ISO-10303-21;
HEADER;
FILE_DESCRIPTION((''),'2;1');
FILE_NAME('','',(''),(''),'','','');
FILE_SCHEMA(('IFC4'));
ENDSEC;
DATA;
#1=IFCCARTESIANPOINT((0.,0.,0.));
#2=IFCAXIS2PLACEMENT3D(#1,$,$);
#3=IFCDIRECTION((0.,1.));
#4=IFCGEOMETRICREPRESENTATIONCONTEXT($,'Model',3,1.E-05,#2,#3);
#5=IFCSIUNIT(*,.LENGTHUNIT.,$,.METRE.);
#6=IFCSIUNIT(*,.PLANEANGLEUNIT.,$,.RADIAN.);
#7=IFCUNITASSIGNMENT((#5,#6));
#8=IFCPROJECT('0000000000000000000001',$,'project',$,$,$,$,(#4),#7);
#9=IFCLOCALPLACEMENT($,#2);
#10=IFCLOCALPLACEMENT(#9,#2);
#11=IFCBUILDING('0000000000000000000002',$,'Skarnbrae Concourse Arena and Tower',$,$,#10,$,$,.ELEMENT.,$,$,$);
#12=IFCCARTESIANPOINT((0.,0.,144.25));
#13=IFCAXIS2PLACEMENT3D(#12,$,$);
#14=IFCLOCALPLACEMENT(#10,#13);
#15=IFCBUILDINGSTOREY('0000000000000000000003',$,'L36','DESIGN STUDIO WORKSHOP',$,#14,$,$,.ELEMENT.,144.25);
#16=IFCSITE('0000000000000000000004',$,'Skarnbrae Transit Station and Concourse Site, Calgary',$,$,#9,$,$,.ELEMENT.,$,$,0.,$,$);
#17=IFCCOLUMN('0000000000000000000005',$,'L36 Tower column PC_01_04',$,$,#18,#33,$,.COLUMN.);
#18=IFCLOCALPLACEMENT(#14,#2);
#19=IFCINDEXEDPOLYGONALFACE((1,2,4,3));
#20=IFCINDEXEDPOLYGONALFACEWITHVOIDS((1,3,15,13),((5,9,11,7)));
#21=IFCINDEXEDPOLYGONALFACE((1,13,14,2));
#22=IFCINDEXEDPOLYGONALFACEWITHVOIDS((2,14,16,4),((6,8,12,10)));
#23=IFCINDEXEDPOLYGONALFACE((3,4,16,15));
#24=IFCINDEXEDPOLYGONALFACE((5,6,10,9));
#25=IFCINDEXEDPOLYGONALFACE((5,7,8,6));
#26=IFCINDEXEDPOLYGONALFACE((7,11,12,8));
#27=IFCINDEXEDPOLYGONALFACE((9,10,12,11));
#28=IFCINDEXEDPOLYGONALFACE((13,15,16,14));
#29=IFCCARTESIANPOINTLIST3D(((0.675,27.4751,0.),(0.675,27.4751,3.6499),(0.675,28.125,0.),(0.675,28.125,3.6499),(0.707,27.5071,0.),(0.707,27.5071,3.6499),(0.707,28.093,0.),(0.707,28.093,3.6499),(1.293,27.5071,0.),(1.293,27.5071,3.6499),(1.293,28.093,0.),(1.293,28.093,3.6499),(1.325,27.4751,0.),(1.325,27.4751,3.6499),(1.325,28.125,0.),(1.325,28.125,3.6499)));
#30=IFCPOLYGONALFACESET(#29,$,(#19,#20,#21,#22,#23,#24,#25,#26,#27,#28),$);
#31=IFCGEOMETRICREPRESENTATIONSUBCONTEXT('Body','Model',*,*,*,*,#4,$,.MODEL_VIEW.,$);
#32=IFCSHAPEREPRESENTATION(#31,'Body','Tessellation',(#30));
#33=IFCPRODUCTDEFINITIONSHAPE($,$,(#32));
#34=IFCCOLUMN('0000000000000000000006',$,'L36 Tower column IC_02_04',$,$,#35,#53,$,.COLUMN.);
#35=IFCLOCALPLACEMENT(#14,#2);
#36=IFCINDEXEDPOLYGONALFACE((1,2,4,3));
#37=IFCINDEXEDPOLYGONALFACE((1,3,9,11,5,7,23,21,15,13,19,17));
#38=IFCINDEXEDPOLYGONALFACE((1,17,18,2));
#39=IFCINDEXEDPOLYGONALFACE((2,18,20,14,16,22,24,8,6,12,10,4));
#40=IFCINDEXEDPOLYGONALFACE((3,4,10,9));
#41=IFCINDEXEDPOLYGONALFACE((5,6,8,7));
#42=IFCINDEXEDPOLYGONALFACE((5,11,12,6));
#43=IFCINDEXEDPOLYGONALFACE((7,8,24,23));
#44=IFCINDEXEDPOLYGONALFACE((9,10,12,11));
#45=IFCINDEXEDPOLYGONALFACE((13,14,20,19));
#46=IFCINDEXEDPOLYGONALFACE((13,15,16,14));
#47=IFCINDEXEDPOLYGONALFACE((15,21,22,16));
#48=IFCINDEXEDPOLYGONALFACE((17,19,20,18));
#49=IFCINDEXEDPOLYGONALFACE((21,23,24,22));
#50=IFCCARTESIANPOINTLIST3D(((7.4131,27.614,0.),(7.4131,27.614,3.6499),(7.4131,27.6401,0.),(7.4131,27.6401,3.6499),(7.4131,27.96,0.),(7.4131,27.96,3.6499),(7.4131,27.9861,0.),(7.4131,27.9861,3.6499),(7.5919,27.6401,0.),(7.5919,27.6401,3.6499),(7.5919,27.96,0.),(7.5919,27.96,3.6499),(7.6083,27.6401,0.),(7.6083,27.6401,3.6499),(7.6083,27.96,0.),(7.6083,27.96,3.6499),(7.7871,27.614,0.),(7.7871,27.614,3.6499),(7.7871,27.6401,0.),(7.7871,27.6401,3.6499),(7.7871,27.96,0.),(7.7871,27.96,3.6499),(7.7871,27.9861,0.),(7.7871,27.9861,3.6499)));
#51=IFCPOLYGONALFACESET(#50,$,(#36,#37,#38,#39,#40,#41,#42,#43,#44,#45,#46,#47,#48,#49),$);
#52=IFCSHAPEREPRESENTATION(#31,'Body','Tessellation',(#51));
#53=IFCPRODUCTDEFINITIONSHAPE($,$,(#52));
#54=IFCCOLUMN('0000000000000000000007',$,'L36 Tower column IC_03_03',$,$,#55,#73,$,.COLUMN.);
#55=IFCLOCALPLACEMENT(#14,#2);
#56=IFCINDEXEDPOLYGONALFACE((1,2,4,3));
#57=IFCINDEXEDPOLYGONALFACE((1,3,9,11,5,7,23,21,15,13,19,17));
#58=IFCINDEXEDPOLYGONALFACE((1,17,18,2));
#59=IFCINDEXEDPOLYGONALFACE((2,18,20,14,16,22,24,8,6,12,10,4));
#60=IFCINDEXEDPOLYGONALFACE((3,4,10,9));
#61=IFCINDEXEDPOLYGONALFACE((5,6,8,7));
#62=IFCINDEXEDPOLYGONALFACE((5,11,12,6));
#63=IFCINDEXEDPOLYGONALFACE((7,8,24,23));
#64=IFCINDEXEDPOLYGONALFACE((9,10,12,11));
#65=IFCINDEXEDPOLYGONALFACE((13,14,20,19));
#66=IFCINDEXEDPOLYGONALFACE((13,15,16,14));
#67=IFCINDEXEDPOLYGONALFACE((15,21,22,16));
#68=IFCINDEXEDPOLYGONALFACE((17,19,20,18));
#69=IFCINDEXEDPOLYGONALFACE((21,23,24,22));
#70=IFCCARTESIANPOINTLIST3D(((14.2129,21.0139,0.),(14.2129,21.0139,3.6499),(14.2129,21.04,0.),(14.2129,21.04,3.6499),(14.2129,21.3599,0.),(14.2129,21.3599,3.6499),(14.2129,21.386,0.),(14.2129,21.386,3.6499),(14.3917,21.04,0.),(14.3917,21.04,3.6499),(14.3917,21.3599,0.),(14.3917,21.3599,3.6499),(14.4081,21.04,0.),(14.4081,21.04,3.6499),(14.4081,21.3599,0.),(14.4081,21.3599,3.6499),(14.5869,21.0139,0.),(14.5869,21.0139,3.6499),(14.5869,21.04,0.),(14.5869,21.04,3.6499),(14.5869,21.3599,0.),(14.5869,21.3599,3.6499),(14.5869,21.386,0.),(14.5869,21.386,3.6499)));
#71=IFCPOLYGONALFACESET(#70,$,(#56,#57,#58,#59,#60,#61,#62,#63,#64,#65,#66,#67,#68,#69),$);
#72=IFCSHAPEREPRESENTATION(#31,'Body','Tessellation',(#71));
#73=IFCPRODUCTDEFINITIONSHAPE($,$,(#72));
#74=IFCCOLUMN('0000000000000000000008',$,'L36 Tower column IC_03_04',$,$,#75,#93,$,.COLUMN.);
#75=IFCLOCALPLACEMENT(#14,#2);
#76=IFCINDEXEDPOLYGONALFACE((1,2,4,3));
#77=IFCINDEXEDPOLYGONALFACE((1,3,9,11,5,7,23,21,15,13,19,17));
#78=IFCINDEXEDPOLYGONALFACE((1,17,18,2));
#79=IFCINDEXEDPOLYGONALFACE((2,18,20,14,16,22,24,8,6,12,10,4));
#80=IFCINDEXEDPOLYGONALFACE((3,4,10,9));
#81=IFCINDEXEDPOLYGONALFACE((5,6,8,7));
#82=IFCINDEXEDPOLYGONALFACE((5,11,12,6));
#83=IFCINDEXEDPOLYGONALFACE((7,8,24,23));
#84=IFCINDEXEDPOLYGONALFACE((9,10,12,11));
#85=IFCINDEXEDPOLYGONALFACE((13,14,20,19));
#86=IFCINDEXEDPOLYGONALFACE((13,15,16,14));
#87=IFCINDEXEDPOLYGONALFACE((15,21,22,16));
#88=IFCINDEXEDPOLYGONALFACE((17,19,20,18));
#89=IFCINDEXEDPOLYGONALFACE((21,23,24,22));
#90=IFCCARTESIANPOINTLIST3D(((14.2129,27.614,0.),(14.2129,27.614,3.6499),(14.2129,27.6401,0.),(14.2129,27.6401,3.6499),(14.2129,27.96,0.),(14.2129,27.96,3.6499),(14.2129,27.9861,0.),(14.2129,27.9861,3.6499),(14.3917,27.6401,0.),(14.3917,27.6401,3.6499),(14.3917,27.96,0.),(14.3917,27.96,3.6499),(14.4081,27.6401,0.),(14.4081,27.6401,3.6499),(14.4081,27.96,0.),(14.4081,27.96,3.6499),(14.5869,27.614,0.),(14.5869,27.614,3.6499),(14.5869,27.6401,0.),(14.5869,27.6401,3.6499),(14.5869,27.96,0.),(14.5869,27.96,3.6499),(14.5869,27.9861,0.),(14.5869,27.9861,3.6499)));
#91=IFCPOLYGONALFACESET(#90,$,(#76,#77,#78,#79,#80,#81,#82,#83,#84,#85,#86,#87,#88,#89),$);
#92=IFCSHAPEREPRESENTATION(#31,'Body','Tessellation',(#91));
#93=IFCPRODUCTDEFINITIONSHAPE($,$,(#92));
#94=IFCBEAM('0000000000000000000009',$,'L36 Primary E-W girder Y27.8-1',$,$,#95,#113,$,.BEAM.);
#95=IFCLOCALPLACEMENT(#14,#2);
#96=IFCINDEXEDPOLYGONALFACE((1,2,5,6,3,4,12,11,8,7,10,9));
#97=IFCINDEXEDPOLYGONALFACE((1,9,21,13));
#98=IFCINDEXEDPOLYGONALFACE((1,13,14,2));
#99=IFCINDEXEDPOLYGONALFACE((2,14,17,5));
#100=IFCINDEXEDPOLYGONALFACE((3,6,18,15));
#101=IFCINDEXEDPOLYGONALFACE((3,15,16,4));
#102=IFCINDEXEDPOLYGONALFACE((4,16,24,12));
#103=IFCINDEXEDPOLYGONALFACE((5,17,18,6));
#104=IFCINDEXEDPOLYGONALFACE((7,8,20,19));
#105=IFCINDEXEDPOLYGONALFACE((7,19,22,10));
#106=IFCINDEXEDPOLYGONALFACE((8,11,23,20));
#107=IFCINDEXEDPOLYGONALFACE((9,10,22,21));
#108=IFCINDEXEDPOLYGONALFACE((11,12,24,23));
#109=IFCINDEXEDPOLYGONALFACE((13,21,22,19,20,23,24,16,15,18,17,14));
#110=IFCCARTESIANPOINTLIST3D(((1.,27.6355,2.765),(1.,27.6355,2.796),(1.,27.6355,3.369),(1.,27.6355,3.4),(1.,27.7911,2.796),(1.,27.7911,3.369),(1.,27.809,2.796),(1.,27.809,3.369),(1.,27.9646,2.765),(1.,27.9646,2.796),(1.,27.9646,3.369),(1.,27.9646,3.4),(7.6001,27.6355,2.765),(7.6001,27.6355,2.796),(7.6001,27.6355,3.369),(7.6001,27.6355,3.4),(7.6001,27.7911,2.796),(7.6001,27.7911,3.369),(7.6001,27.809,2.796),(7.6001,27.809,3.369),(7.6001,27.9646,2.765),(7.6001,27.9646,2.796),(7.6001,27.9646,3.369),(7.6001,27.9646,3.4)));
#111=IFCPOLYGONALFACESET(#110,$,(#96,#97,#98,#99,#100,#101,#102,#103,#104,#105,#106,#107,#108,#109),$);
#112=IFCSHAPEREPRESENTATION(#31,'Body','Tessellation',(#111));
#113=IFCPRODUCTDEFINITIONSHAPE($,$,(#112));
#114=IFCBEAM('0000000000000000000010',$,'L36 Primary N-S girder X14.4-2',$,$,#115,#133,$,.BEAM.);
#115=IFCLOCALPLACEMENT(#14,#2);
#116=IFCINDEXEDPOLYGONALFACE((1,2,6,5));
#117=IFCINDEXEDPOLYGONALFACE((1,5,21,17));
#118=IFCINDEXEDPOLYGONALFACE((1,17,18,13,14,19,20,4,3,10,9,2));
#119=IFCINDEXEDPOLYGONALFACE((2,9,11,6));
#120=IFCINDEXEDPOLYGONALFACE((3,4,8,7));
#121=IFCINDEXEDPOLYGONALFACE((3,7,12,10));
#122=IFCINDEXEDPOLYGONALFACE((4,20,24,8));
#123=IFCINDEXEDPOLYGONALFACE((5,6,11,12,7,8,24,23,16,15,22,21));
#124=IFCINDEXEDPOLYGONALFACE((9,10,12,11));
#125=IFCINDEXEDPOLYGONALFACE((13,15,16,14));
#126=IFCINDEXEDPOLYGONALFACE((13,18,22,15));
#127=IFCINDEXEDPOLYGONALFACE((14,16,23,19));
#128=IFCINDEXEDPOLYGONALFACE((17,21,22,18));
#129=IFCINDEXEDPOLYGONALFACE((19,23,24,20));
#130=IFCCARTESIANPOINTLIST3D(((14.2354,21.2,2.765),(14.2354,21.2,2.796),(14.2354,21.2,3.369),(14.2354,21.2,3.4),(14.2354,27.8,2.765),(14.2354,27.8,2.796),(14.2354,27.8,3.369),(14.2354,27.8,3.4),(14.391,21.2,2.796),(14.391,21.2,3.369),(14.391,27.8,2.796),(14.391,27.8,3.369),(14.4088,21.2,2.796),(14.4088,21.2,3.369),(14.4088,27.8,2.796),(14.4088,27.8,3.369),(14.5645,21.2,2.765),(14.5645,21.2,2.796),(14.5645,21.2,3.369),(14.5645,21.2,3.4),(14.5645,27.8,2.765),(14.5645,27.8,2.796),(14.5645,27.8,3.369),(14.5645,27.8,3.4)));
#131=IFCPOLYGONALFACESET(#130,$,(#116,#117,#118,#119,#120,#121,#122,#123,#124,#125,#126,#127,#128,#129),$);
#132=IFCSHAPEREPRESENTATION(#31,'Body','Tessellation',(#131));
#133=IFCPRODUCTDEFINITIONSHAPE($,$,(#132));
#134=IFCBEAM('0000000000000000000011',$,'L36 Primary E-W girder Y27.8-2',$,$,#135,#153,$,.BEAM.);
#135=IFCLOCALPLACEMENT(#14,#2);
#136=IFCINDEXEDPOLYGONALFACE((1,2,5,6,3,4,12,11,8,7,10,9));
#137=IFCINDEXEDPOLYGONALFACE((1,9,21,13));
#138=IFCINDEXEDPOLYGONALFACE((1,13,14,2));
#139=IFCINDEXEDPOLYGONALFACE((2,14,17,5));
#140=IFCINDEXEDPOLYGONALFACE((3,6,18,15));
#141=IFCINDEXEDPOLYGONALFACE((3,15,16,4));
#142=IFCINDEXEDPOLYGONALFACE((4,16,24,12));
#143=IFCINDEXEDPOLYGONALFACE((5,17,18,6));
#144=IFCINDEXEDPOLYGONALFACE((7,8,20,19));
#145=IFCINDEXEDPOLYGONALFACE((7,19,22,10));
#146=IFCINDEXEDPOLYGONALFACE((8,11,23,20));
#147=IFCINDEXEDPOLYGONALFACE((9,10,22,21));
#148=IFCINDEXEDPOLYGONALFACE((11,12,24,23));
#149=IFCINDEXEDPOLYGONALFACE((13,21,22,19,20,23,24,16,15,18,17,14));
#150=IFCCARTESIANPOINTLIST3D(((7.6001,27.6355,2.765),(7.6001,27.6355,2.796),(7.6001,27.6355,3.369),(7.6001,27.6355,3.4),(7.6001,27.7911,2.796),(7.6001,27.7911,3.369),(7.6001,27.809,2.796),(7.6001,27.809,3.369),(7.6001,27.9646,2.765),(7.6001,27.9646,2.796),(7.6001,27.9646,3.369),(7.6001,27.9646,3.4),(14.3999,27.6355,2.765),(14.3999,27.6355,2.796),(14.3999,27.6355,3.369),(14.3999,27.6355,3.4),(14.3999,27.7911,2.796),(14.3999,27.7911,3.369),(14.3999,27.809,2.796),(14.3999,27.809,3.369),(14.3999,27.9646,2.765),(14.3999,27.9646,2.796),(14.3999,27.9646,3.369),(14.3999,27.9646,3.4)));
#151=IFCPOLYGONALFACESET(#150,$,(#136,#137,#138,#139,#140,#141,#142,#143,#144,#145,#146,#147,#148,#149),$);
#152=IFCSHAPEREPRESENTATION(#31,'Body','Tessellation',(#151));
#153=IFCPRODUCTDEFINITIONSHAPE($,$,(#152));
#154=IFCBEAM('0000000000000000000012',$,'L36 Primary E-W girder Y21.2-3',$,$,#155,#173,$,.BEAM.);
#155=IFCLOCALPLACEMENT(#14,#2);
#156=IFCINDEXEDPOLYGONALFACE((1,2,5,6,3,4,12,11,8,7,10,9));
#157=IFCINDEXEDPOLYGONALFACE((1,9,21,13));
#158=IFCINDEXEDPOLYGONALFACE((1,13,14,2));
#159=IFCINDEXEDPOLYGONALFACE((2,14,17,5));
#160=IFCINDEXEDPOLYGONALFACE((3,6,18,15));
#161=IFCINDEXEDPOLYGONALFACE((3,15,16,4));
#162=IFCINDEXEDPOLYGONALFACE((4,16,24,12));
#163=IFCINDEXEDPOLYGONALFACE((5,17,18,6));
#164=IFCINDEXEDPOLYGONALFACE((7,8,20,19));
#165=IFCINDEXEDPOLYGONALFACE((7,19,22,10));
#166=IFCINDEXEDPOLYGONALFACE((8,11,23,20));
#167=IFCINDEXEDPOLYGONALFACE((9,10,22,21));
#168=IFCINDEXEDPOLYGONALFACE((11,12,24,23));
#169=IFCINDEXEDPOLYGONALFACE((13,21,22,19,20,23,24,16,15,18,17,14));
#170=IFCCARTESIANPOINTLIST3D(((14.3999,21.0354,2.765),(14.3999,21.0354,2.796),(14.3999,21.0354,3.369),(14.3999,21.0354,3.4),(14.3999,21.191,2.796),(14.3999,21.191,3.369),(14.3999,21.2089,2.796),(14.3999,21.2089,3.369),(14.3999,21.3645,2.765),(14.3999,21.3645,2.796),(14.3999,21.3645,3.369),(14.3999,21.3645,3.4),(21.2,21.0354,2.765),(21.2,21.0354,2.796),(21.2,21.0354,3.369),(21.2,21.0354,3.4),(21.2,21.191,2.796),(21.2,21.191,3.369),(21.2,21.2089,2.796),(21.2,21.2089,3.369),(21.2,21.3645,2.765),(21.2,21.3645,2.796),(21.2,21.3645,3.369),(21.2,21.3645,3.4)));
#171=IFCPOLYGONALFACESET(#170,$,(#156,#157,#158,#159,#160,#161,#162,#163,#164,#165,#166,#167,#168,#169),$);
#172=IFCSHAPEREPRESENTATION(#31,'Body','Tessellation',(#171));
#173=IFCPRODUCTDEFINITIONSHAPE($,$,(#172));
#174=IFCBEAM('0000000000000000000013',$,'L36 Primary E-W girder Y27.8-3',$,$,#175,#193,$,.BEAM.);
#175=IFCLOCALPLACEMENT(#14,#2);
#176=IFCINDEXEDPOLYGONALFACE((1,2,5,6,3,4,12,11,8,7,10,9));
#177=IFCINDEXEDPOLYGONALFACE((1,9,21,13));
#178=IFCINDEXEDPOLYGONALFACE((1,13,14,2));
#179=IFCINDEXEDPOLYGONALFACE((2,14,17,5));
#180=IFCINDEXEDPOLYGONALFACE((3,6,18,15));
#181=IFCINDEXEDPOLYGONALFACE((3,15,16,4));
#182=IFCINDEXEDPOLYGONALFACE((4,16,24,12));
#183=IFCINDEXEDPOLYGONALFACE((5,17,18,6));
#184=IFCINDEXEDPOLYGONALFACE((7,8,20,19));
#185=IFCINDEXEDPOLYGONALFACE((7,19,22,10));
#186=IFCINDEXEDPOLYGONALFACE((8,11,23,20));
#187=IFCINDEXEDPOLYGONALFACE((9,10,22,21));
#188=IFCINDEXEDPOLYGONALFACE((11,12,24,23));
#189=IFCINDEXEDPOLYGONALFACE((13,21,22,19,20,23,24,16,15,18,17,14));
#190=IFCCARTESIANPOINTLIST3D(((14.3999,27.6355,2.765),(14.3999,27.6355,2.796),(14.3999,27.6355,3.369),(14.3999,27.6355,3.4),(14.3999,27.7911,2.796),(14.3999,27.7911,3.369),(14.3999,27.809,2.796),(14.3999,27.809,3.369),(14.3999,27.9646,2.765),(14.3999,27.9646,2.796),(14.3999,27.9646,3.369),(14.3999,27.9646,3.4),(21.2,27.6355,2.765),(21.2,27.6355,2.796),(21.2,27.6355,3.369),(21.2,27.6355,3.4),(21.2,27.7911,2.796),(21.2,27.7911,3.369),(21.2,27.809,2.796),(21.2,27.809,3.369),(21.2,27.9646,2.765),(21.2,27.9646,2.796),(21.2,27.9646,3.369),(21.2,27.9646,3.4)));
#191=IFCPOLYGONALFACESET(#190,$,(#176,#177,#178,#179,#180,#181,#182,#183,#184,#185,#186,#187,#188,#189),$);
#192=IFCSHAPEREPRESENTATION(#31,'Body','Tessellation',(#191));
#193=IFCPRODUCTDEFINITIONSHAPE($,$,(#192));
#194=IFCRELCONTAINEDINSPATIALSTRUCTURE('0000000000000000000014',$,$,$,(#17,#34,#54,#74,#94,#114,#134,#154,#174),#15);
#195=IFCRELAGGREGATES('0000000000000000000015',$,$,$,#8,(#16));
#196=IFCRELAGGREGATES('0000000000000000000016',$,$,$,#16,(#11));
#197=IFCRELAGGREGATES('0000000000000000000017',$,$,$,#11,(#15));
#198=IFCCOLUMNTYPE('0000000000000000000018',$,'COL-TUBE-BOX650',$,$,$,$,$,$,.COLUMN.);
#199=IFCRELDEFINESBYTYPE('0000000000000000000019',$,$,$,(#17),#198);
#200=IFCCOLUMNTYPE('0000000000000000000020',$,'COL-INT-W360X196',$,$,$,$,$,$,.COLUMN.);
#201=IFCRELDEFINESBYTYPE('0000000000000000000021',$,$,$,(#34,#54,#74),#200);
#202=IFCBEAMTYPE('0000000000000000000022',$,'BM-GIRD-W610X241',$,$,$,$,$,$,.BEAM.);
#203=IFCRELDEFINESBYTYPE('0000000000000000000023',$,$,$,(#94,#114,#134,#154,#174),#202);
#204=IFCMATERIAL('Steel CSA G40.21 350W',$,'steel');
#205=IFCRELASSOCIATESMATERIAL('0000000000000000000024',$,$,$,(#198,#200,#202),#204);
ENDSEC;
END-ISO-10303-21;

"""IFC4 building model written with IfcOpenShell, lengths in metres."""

from ifc_helpers import new_model, si_unit, direction, frame, origin, origin_2d, place, context, subcontext, project, spatial, hollow_rectangle, i_section, extrude, source, transform, mapped, material, material_profile, profile_set, type_object, element, save


model = new_model("IFC4")

# Units and contexts
model_context = context("Model", 3, precision=1e-05, world=origin(), true_north=direction((0.0, 1.0)))
body_context = subcontext(model_context, "Body", "Model", "MODEL_VIEW")
ifc_project = project(units=[si_unit("LENGTHUNIT", "METRE"), si_unit("PLANEANGLEUNIT", "RADIAN")], contexts=[model_context])

# Site, building, storey
site_placement = place(None, origin())
site = spatial("IfcSite", under=ifc_project, at=site_placement, Name="Skarnbrae Transit Station and Concourse Site, Calgary", CompositionType="ELEMENT", RefElevation=0.0)
building_placement = place(site_placement, origin())
building = spatial("IfcBuilding", under=site, at=building_placement, Name="Skarnbrae Concourse Arena and Tower", CompositionType="ELEMENT")
storey_placement = place(building_placement, frame((0.0, 0.0, 144.25)))
storey = spatial("IfcBuildingStorey", under=building, at=storey_placement, Name="L36", Description="DESIGN STUDIO WORKSHOP", CompositionType="ELEMENT", Elevation=144.25)

# Columns
ifc_material_1 = material(Name="Steel CSA G40.21 350W", Category="steel")
ifc_material_profile_1 = material_profile(ifc_material_1, hollow_rectangle(XDim=0.6499, YDim=0.6499, WallThickness=0.032, at=origin_2d()), Name="BOX650X650X32")
ifc_profile_set_1 = profile_set([ifc_material_profile_1], Name="Steel CSA G40.21 350W")
column_type_1 = type_object("IfcColumnType", Name="COL-TUBE-BOX650", PredefinedType="COLUMN", material=ifc_profile_set_1)
shared_shape_1 = source(origin(), body_context, "Body", "SweptSolid", [
    extrude(hollow_rectangle(XDim=0.6499, YDim=0.6499, WallThickness=0.032, at=origin_2d()), origin(), (0.0, 0.0, 1.0), 3.6499),
])
column_placement = place(storey_placement, frame((1.0, 27.8, 0.0), z_axis=(0.0, 0.0, 1.0), x_axis=(1.0, 0.0, 0.0)))
element("IfcColumn", 1, at=column_placement, inside=storey, type_object=column_type_1, Name="L36 Tower column PC_01_04", PredefinedType="COLUMN", context=body_context, shape_type="MappedRepresentation", body=[
    mapped(shared_shape_1, transform((0.0, 0.0, 0.0))),
])
ifc_material_profile_2 = material_profile(ifc_material_1, i_section(OverallWidth=0.374, OverallDepth=0.3721, WebThickness=0.0164, FlangeThickness=0.0261, at=origin_2d()), Name="W360X196")
ifc_profile_set_2 = profile_set([ifc_material_profile_2], Name="Steel CSA G40.21 350W")
column_type_2 = type_object("IfcColumnType", Name="COL-INT-W360X196", PredefinedType="COLUMN", material=ifc_profile_set_2)
shared_shape_2 = source(origin(), body_context, "Body", "SweptSolid", [
    extrude(i_section(OverallWidth=0.374, OverallDepth=0.3721, WebThickness=0.0164, FlangeThickness=0.0261, at=origin_2d()), origin(), (0.0, 0.0, 1.0), 3.6499),
])
for number, where, z_axis, x_axis, name in (
    (2, (7.6001, 27.8, 0.0), (0.0, 0.0, 1.0), (1.0, 0.0, 0.0), "L36 Tower column IC_02_04"),
    (3, (14.3999, 21.2, 0.0), (0.0, 0.0, 1.0), (1.0, 0.0, 0.0), "L36 Tower column IC_03_03"),
    (4, (14.3999, 27.8, 0.0), (0.0, 0.0, 1.0), (1.0, 0.0, 0.0), "L36 Tower column IC_03_04"),
):
    element("IfcColumn", number, at=place(storey_placement, frame(where, z_axis=z_axis, x_axis=x_axis)), inside=storey, type_object=column_type_2, Name=name, PredefinedType="COLUMN", context=body_context, shape_type="MappedRepresentation", body=[
        mapped(shared_shape_2, transform((0.0, 0.0, 0.0))),
    ])

# Beams
ifc_material_profile_3 = material_profile(ifc_material_1, i_section(OverallWidth=0.3291, OverallDepth=0.635, WebThickness=0.0178, FlangeThickness=0.031, at=origin_2d()), Name="W610X241")
ifc_profile_set_3 = profile_set([ifc_material_profile_3], Name="Steel CSA G40.21 350W")
beam_type_1 = type_object("IfcBeamType", Name="BM-GIRD-W610X241", PredefinedType="BEAM", material=ifc_profile_set_3)
shared_shape_3 = source(origin(), body_context, "Body", "SweptSolid", [
    extrude(i_section(OverallWidth=0.3291, OverallDepth=0.635, WebThickness=0.0178, FlangeThickness=0.031, at=origin_2d()), origin(), (0.0, 0.0, 1.0), 6.6001),
])
for number, where, z_axis, x_axis, name in (
    (5, (1.0, 27.8, 3.0825), (1.0, 0.0, 0.0), (0.0, 1.0, 0.0), "L36 Primary E-W girder Y27.8-1"),
    (6, (14.3999, 21.2, 3.0825), (0.0, 1.0, 0.0), (-1.0, 0.0, 0.0), "L36 Primary N-S girder X14.4-2"),
):
    element("IfcBeam", number, at=place(storey_placement, frame(where, z_axis=z_axis, x_axis=x_axis)), inside=storey, type_object=beam_type_1, Name=name, PredefinedType="BEAM", context=body_context, shape_type="MappedRepresentation", body=[
        mapped(shared_shape_3, transform((0.0, 0.0, 0.0))),
    ])
shared_shape_4 = source(origin(), body_context, "Body", "SweptSolid", [
    extrude(i_section(OverallWidth=0.3291, OverallDepth=0.635, WebThickness=0.0178, FlangeThickness=0.031, at=origin_2d()), origin(), (0.0, 0.0, 1.0), 6.7998),
])
beam_placement = place(storey_placement, frame((7.6001, 27.8, 3.0825), z_axis=(1.0, 0.0, 0.0), x_axis=(0.0, 1.0, 0.0)))
element("IfcBeam", 7, at=beam_placement, inside=storey, type_object=beam_type_1, Name="L36 Primary E-W girder Y27.8-2", PredefinedType="BEAM", context=body_context, shape_type="MappedRepresentation", body=[
    mapped(shared_shape_4, transform((0.0, 0.0, 0.0))),
])
shared_shape_5 = source(origin(), body_context, "Body", "SweptSolid", [
    extrude(i_section(OverallWidth=0.3291, OverallDepth=0.635, WebThickness=0.0178, FlangeThickness=0.031, at=origin_2d()), origin(), (0.0, 0.0, 1.0), 6.8),
])
for number, where, z_axis, x_axis, name in (
    (8, (14.3999, 21.2, 3.0825), (1.0, 0.0, 0.0), (0.0, 1.0, 0.0), "L36 Primary E-W girder Y21.2-3"),
    (9, (14.3999, 27.8, 3.0825), (1.0, 0.0, 0.0), (0.0, 1.0, 0.0), "L36 Primary E-W girder Y27.8-3"),
):
    element("IfcBeam", number, at=place(storey_placement, frame(where, z_axis=z_axis, x_axis=x_axis)), inside=storey, type_object=beam_type_1, Name=name, PredefinedType="BEAM", context=body_context, shape_type="MappedRepresentation", body=[
        mapped(shared_shape_5, transform((0.0, 0.0, 0.0))),
    ])

save(model, "model.ifc")
